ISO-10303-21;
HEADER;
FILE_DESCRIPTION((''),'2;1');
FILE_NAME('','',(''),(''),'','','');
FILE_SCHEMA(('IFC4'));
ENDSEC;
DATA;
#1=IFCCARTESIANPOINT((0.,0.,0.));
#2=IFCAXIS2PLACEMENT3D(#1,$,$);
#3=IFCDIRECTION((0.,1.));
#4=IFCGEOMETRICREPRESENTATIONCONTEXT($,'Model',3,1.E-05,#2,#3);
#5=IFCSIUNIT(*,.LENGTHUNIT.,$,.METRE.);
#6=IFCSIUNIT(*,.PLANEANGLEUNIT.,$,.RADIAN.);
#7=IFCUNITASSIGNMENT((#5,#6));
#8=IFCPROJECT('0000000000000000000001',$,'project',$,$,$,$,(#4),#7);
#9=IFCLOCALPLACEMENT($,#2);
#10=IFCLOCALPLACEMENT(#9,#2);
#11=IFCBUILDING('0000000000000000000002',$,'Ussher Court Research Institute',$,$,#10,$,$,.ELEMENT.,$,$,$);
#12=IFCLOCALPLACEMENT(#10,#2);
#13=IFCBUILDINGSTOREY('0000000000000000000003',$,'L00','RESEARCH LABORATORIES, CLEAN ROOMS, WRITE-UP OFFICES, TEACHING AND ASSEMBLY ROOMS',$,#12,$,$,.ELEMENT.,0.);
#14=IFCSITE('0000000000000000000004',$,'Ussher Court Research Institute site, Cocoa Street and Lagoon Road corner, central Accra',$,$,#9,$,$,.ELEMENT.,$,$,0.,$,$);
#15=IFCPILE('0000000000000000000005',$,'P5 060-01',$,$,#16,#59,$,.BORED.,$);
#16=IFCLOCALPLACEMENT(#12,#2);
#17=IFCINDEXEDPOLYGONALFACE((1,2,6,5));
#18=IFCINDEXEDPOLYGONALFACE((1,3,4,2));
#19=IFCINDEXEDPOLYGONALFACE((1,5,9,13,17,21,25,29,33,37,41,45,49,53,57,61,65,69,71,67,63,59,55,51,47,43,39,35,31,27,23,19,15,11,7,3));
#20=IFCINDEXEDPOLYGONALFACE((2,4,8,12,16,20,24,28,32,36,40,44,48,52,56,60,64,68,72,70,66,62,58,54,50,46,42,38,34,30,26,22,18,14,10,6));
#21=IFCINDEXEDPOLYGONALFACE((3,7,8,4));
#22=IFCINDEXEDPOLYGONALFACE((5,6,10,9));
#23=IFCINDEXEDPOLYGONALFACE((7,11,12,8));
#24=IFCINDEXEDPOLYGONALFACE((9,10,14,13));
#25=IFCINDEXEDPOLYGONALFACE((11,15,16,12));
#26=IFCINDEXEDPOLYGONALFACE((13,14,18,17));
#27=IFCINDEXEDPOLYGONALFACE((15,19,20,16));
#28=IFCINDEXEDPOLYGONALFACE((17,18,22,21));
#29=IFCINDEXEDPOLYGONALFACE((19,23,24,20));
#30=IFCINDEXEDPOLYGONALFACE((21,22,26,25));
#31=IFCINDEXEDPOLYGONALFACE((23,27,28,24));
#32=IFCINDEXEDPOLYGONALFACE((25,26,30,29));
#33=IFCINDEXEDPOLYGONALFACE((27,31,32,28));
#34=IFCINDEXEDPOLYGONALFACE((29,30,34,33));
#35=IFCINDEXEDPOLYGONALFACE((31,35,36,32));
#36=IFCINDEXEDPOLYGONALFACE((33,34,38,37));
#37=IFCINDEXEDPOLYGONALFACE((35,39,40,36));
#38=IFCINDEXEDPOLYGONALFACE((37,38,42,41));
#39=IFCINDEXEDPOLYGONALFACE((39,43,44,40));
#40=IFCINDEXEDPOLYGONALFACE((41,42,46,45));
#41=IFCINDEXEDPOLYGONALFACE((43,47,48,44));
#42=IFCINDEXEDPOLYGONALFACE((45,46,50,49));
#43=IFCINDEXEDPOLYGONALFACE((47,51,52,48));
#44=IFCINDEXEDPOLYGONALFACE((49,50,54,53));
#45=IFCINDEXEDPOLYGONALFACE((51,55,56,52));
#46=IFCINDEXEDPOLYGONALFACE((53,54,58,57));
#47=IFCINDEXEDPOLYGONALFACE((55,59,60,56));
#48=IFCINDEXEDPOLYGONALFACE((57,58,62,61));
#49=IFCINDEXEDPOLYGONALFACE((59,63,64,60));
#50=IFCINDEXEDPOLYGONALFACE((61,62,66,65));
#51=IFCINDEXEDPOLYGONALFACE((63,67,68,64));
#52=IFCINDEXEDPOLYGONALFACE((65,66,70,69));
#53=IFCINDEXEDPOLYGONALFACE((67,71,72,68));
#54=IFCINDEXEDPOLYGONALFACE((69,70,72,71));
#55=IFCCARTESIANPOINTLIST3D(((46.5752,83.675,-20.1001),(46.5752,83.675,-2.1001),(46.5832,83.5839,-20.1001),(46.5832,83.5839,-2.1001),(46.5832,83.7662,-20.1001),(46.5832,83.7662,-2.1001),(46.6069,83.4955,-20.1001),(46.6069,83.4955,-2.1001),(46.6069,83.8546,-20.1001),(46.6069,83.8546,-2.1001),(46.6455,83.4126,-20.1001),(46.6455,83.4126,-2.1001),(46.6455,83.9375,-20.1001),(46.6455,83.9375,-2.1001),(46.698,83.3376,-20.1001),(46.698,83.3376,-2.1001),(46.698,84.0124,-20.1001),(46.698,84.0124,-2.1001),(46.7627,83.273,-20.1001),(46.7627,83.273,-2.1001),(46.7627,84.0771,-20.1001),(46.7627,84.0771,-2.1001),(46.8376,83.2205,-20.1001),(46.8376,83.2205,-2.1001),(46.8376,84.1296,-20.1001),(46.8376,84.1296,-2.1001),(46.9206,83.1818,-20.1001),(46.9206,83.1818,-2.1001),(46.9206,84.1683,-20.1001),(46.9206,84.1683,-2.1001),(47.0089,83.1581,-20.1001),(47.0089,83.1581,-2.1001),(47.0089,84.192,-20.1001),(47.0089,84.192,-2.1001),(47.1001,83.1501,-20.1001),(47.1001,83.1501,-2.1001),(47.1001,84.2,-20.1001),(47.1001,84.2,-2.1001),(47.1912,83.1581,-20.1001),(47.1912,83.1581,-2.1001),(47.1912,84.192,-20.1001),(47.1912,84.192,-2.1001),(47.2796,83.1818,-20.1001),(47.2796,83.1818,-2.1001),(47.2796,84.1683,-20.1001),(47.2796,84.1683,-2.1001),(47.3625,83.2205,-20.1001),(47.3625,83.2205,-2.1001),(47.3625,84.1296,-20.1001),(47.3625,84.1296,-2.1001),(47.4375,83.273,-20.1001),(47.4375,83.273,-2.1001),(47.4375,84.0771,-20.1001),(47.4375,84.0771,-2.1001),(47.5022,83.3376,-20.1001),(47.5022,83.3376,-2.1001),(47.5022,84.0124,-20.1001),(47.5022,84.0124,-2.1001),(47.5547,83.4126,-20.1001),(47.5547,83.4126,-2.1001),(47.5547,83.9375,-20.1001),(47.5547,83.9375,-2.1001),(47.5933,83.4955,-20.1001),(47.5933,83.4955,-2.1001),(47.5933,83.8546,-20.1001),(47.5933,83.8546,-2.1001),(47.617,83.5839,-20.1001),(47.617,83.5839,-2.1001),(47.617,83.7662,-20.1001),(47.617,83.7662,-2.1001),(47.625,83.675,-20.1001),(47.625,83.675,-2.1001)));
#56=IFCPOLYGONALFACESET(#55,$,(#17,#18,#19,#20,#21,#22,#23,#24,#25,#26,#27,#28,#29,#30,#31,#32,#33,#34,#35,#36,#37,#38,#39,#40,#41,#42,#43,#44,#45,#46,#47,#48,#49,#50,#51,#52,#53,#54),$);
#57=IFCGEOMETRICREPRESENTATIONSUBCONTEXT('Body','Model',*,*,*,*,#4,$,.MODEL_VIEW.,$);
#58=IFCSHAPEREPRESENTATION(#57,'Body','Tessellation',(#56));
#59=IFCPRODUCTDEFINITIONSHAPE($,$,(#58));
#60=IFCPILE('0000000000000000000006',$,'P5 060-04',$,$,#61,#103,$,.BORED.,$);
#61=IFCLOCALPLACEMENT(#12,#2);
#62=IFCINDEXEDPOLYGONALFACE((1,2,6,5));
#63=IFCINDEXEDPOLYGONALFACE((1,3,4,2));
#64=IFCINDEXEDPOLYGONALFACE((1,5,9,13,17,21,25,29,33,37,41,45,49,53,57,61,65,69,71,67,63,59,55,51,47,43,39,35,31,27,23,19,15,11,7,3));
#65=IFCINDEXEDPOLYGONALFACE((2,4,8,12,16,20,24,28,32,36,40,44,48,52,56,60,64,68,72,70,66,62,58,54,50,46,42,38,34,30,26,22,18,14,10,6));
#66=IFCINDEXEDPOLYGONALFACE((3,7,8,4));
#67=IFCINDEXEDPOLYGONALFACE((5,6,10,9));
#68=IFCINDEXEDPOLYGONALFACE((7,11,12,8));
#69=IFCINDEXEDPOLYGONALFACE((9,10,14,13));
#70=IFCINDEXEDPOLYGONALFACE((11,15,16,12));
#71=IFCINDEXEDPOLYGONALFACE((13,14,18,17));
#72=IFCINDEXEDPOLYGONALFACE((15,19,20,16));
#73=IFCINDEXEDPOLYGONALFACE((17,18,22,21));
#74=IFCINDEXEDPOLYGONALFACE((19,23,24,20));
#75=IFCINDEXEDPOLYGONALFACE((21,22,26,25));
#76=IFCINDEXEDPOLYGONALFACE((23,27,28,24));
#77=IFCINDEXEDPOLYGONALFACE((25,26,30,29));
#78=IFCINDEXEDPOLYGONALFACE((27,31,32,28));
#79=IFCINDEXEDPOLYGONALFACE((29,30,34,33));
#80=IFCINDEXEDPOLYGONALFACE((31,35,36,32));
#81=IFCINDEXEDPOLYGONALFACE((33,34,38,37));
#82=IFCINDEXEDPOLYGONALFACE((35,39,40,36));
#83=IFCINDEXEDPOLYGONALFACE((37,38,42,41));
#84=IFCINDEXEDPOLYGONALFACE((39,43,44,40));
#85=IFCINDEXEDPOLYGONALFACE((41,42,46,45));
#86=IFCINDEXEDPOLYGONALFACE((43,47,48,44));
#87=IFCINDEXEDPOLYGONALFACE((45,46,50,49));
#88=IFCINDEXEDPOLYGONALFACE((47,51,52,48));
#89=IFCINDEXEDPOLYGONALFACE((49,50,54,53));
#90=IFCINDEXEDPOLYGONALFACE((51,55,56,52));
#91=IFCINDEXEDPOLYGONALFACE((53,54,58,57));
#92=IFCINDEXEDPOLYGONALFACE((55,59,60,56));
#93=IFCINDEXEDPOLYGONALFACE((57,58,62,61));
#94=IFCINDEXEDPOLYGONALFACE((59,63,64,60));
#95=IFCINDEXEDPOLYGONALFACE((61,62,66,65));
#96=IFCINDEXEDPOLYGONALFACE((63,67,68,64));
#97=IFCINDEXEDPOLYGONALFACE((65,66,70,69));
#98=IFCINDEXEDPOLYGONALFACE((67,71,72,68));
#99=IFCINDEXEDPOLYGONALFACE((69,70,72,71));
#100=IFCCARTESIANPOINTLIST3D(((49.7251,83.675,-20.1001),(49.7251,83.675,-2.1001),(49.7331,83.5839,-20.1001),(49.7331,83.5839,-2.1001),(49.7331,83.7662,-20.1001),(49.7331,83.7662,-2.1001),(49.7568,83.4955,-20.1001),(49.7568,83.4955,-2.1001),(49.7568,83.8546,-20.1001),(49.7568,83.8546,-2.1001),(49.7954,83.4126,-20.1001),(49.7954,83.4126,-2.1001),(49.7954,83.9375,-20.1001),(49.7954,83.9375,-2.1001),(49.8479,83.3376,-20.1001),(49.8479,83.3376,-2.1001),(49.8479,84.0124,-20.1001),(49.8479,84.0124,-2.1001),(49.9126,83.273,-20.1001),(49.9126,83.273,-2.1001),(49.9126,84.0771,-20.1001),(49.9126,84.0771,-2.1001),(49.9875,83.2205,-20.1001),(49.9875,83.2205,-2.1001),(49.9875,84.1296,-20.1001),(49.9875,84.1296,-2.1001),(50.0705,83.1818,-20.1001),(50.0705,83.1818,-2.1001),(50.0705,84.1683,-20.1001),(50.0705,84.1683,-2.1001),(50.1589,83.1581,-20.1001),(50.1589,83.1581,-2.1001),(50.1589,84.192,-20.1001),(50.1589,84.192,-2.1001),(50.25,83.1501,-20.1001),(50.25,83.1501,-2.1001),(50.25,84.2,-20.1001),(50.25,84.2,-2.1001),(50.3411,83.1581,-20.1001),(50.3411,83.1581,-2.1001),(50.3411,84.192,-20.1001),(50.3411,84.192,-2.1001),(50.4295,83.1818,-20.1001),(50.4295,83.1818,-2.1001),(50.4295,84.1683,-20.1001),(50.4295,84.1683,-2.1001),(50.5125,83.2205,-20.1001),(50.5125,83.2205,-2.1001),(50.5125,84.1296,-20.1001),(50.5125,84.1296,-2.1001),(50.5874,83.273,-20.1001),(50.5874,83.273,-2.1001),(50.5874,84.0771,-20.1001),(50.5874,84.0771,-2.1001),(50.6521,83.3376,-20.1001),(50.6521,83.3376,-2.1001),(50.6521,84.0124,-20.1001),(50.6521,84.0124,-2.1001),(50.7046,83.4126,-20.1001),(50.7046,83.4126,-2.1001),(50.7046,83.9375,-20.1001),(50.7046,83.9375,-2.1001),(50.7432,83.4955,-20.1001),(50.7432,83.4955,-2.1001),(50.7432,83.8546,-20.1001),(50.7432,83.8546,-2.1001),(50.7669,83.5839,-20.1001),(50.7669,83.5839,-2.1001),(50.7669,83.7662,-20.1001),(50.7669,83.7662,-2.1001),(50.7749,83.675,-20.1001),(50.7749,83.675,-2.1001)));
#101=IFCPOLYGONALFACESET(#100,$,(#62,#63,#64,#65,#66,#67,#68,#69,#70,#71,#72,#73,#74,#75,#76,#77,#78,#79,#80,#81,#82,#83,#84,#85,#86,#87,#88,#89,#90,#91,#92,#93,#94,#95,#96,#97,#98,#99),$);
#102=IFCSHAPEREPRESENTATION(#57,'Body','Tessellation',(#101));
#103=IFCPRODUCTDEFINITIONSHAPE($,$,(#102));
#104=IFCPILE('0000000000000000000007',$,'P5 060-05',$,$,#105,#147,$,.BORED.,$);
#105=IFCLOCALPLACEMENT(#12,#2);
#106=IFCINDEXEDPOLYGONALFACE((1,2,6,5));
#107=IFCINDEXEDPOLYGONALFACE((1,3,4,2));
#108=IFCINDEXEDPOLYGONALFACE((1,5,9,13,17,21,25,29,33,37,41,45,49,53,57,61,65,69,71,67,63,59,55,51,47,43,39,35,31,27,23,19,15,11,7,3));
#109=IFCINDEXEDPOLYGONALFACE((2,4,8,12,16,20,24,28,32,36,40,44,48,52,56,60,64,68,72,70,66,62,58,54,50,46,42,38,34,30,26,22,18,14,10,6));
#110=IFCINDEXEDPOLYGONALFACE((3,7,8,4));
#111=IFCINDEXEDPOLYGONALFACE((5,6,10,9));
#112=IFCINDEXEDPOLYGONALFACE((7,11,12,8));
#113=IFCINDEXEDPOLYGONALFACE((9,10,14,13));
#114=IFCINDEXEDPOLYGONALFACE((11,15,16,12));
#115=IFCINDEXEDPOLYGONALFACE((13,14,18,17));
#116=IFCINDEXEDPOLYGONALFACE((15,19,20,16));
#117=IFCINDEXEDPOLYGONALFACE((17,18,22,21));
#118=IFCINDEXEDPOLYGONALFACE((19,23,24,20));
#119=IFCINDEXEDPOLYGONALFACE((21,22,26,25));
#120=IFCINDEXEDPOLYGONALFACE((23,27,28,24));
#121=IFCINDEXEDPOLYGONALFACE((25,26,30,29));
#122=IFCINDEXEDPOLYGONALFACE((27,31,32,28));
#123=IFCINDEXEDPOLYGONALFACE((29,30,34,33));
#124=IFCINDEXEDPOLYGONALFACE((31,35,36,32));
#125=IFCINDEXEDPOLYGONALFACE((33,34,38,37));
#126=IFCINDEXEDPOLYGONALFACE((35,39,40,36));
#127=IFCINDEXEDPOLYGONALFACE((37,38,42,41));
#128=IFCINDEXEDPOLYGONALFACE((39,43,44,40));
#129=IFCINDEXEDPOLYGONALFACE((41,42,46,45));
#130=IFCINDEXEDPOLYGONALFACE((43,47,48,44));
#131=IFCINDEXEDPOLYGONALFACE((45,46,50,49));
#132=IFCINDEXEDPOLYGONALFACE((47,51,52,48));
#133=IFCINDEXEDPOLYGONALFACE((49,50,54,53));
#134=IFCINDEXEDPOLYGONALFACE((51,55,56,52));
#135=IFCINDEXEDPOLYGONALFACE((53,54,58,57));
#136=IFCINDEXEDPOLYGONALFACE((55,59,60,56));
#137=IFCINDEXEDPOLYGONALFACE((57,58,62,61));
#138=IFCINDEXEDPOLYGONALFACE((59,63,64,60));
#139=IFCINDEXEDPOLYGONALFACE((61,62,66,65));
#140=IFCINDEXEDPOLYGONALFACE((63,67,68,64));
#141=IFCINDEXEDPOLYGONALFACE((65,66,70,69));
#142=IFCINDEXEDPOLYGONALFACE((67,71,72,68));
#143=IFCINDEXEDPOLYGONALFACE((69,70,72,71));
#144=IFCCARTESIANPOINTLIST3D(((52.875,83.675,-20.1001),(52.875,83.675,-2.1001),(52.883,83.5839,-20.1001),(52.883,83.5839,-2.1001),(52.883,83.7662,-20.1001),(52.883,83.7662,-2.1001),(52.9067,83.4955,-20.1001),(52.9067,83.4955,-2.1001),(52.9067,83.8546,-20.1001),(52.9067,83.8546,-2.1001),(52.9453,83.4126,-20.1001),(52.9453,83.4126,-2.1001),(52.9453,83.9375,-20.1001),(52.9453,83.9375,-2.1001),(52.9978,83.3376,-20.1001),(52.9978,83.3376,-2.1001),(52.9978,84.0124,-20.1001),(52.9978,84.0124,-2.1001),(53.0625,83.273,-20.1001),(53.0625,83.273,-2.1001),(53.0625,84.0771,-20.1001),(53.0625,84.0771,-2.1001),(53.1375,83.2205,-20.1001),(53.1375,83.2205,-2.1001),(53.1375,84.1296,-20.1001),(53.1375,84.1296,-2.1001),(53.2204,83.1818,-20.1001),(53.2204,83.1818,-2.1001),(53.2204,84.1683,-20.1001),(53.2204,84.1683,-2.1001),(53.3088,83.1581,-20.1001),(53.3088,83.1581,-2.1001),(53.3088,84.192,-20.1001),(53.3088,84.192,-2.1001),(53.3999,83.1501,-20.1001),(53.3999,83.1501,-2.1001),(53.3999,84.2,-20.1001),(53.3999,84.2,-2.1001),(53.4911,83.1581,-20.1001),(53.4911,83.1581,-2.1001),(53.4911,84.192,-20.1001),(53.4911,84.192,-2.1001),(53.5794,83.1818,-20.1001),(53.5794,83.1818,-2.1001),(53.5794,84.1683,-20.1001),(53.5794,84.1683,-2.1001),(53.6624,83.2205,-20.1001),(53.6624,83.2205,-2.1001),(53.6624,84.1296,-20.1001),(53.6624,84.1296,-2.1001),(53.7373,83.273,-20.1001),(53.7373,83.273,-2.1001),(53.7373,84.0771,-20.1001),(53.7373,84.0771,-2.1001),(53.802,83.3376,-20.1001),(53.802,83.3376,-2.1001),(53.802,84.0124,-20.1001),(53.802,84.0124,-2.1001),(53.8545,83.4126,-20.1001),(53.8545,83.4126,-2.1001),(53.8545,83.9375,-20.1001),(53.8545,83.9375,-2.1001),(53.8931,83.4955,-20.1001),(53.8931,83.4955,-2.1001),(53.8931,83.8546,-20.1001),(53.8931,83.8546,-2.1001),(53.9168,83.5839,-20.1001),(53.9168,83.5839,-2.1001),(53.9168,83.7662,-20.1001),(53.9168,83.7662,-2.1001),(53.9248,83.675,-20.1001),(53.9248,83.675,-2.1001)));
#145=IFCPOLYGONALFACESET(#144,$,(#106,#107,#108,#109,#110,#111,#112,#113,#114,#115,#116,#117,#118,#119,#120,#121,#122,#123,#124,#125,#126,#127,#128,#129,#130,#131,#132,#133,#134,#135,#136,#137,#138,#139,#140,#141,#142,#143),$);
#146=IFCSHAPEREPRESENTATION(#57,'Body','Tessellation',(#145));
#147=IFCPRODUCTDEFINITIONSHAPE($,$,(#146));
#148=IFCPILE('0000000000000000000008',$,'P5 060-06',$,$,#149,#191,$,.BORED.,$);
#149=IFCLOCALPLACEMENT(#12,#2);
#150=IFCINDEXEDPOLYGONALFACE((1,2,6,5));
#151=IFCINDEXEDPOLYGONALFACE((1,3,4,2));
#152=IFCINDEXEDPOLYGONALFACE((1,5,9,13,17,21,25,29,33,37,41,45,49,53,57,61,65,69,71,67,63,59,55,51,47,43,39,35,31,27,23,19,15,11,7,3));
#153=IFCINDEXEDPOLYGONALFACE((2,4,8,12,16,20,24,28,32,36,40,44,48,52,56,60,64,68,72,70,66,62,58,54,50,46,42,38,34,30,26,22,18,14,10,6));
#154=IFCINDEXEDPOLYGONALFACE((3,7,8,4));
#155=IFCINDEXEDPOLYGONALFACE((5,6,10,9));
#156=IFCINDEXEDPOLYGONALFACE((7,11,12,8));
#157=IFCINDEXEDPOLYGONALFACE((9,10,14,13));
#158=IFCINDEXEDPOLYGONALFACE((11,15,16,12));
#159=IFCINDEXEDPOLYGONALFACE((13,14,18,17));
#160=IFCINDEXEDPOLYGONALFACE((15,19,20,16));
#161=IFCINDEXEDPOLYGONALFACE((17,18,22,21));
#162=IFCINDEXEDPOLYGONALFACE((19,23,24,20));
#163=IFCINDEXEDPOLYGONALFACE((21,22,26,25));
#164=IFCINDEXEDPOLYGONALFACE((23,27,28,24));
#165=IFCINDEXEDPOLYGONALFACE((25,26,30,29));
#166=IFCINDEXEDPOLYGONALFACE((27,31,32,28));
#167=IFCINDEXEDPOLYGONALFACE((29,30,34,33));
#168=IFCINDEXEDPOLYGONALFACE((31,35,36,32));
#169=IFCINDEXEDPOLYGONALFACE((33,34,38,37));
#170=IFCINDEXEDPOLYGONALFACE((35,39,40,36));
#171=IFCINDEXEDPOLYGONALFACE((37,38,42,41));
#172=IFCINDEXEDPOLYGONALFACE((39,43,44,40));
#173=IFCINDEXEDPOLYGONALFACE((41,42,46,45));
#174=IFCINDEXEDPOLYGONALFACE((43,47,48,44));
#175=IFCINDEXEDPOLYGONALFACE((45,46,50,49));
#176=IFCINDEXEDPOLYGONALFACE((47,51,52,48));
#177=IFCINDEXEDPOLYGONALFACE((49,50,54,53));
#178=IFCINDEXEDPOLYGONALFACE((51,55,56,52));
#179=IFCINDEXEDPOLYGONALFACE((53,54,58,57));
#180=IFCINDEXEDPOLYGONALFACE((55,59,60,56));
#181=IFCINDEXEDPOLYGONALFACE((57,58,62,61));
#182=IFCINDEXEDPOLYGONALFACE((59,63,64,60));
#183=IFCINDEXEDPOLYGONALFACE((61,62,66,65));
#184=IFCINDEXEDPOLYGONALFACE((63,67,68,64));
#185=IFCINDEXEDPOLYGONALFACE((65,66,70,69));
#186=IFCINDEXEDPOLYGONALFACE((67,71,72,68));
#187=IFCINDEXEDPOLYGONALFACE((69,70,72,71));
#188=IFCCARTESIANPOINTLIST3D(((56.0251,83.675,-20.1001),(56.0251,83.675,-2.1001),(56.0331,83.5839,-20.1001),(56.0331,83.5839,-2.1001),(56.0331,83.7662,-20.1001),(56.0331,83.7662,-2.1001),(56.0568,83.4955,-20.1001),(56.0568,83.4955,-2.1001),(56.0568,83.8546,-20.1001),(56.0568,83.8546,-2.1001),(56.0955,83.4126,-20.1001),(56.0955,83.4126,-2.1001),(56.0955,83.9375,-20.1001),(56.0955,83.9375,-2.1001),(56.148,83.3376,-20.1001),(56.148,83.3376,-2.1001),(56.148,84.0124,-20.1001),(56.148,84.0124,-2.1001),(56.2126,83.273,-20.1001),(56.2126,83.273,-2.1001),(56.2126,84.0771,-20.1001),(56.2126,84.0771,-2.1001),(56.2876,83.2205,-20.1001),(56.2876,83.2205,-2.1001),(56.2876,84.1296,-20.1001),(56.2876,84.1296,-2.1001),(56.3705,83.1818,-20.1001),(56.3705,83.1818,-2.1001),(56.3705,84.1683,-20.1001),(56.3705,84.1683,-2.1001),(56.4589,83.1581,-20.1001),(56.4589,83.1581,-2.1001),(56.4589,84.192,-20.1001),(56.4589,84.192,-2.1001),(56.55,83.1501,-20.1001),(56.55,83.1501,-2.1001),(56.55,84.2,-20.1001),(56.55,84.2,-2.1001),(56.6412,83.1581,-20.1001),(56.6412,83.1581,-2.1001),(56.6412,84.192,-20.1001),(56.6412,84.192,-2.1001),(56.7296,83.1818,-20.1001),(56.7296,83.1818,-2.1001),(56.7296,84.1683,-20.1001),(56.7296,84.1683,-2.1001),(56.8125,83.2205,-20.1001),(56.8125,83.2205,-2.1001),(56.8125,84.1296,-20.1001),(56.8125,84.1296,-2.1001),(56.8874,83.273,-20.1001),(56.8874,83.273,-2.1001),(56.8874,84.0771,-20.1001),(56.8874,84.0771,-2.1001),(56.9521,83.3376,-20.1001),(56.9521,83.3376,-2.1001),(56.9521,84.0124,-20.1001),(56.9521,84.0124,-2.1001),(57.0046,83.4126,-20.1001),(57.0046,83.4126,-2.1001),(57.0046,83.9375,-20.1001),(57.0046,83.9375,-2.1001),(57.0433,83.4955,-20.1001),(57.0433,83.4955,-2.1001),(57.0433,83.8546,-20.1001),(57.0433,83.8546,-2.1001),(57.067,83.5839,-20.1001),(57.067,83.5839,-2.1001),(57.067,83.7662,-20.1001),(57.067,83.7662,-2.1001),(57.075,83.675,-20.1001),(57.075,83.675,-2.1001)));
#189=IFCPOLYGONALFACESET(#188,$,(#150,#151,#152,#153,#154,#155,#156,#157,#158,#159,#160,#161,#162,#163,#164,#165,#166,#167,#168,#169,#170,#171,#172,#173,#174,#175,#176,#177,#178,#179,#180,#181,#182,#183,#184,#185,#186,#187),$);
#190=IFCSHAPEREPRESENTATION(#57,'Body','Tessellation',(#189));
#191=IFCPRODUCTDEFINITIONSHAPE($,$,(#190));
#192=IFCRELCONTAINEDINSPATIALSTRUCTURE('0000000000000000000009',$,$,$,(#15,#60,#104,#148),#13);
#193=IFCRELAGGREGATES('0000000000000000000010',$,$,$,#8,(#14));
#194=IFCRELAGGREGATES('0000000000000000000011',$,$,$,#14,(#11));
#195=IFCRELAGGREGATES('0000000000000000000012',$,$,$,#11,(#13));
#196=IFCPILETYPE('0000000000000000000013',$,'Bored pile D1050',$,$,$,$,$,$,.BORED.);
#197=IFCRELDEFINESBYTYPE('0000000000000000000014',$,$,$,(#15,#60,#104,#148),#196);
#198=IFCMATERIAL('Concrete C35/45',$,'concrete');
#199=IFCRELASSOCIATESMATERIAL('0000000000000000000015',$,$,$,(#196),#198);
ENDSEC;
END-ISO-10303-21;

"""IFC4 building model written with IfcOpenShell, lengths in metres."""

from ifc_helpers import new_model, si_unit, direction, frame, origin, origin_2d, place, context, subcontext, project, spatial, circle, extrude, material, material_profile, profile_set, type_object, element, save


model = new_model("IFC4")

# Units and contexts
model_context = context("Model", 3, precision=1e-05, world=origin(), true_north=direction((0.0, 1.0)))
body_context = subcontext(model_context, "Body", "Model", "MODEL_VIEW")
ifc_project = project(units=[si_unit("LENGTHUNIT", "METRE"), si_unit("PLANEANGLEUNIT", "RADIAN")], contexts=[model_context])

# Site, building, storey
site_placement = place(None, origin())
site = spatial("IfcSite", under=ifc_project, at=site_placement, Name="Ussher Court Research Institute site, Cocoa Street and Lagoon Road corner, central Accra", CompositionType="ELEMENT", RefElevation=0.0)
building_placement = place(site_placement, origin())
building = spatial("IfcBuilding", under=site, at=building_placement, Name="Ussher Court Research Institute", CompositionType="ELEMENT")
storey_placement = place(building_placement, origin())
storey = spatial("IfcBuildingStorey", under=building, at=storey_placement, Name="L00", Description="RESEARCH LABORATORIES, CLEAN ROOMS, WRITE-UP OFFICES, TEACHING AND ASSEMBLY ROOMS", CompositionType="ELEMENT", Elevation=0.0)

# Piles
ifc_material_1 = material(Name="Concrete C35/45", Category="concrete")
ifc_material_profile_1 = material_profile(ifc_material_1, circle(Radius=0.5249, at=origin_2d()), Name="RC D1050")
ifc_profile_set_1 = profile_set([ifc_material_profile_1], Name="Concrete C35/45")
pile_type_1 = type_object("IfcPileType", Name="Bored pile D1050", PredefinedType="BORED", material=ifc_profile_set_1)
for number, where, z_axis, x_axis, name in (
    (1, (47.1001, 83.675, -2.1001), (0.0, 0.0, -1.0), (1.0, 0.0, 0.0), "P5 060-01"),
    (2, (50.25, 83.675, -2.1001), (0.0, 0.0, -1.0), (1.0, 0.0, 0.0), "P5 060-04"),
    (3, (53.3999, 83.675, -2.1001), (0.0, 0.0, -1.0), (1.0, 0.0, 0.0), "P5 060-05"),
    (4, (56.55, 83.675, -2.1001), (0.0, 0.0, -1.0), (1.0, 0.0, 0.0), "P5 060-06"),
):
    element("IfcPile", number, at=place(storey_placement, frame(where, z_axis=z_axis, x_axis=x_axis)), inside=storey, type_object=pile_type_1, Name=name, PredefinedType="BORED", context=body_context, shape_type="SweptSolid", body=[
        extrude(circle(Radius=0.5249, at=origin_2d()), origin(), (0.0, 0.0, 1.0), 18.0),
    ])

save(model, "model.ifc")
